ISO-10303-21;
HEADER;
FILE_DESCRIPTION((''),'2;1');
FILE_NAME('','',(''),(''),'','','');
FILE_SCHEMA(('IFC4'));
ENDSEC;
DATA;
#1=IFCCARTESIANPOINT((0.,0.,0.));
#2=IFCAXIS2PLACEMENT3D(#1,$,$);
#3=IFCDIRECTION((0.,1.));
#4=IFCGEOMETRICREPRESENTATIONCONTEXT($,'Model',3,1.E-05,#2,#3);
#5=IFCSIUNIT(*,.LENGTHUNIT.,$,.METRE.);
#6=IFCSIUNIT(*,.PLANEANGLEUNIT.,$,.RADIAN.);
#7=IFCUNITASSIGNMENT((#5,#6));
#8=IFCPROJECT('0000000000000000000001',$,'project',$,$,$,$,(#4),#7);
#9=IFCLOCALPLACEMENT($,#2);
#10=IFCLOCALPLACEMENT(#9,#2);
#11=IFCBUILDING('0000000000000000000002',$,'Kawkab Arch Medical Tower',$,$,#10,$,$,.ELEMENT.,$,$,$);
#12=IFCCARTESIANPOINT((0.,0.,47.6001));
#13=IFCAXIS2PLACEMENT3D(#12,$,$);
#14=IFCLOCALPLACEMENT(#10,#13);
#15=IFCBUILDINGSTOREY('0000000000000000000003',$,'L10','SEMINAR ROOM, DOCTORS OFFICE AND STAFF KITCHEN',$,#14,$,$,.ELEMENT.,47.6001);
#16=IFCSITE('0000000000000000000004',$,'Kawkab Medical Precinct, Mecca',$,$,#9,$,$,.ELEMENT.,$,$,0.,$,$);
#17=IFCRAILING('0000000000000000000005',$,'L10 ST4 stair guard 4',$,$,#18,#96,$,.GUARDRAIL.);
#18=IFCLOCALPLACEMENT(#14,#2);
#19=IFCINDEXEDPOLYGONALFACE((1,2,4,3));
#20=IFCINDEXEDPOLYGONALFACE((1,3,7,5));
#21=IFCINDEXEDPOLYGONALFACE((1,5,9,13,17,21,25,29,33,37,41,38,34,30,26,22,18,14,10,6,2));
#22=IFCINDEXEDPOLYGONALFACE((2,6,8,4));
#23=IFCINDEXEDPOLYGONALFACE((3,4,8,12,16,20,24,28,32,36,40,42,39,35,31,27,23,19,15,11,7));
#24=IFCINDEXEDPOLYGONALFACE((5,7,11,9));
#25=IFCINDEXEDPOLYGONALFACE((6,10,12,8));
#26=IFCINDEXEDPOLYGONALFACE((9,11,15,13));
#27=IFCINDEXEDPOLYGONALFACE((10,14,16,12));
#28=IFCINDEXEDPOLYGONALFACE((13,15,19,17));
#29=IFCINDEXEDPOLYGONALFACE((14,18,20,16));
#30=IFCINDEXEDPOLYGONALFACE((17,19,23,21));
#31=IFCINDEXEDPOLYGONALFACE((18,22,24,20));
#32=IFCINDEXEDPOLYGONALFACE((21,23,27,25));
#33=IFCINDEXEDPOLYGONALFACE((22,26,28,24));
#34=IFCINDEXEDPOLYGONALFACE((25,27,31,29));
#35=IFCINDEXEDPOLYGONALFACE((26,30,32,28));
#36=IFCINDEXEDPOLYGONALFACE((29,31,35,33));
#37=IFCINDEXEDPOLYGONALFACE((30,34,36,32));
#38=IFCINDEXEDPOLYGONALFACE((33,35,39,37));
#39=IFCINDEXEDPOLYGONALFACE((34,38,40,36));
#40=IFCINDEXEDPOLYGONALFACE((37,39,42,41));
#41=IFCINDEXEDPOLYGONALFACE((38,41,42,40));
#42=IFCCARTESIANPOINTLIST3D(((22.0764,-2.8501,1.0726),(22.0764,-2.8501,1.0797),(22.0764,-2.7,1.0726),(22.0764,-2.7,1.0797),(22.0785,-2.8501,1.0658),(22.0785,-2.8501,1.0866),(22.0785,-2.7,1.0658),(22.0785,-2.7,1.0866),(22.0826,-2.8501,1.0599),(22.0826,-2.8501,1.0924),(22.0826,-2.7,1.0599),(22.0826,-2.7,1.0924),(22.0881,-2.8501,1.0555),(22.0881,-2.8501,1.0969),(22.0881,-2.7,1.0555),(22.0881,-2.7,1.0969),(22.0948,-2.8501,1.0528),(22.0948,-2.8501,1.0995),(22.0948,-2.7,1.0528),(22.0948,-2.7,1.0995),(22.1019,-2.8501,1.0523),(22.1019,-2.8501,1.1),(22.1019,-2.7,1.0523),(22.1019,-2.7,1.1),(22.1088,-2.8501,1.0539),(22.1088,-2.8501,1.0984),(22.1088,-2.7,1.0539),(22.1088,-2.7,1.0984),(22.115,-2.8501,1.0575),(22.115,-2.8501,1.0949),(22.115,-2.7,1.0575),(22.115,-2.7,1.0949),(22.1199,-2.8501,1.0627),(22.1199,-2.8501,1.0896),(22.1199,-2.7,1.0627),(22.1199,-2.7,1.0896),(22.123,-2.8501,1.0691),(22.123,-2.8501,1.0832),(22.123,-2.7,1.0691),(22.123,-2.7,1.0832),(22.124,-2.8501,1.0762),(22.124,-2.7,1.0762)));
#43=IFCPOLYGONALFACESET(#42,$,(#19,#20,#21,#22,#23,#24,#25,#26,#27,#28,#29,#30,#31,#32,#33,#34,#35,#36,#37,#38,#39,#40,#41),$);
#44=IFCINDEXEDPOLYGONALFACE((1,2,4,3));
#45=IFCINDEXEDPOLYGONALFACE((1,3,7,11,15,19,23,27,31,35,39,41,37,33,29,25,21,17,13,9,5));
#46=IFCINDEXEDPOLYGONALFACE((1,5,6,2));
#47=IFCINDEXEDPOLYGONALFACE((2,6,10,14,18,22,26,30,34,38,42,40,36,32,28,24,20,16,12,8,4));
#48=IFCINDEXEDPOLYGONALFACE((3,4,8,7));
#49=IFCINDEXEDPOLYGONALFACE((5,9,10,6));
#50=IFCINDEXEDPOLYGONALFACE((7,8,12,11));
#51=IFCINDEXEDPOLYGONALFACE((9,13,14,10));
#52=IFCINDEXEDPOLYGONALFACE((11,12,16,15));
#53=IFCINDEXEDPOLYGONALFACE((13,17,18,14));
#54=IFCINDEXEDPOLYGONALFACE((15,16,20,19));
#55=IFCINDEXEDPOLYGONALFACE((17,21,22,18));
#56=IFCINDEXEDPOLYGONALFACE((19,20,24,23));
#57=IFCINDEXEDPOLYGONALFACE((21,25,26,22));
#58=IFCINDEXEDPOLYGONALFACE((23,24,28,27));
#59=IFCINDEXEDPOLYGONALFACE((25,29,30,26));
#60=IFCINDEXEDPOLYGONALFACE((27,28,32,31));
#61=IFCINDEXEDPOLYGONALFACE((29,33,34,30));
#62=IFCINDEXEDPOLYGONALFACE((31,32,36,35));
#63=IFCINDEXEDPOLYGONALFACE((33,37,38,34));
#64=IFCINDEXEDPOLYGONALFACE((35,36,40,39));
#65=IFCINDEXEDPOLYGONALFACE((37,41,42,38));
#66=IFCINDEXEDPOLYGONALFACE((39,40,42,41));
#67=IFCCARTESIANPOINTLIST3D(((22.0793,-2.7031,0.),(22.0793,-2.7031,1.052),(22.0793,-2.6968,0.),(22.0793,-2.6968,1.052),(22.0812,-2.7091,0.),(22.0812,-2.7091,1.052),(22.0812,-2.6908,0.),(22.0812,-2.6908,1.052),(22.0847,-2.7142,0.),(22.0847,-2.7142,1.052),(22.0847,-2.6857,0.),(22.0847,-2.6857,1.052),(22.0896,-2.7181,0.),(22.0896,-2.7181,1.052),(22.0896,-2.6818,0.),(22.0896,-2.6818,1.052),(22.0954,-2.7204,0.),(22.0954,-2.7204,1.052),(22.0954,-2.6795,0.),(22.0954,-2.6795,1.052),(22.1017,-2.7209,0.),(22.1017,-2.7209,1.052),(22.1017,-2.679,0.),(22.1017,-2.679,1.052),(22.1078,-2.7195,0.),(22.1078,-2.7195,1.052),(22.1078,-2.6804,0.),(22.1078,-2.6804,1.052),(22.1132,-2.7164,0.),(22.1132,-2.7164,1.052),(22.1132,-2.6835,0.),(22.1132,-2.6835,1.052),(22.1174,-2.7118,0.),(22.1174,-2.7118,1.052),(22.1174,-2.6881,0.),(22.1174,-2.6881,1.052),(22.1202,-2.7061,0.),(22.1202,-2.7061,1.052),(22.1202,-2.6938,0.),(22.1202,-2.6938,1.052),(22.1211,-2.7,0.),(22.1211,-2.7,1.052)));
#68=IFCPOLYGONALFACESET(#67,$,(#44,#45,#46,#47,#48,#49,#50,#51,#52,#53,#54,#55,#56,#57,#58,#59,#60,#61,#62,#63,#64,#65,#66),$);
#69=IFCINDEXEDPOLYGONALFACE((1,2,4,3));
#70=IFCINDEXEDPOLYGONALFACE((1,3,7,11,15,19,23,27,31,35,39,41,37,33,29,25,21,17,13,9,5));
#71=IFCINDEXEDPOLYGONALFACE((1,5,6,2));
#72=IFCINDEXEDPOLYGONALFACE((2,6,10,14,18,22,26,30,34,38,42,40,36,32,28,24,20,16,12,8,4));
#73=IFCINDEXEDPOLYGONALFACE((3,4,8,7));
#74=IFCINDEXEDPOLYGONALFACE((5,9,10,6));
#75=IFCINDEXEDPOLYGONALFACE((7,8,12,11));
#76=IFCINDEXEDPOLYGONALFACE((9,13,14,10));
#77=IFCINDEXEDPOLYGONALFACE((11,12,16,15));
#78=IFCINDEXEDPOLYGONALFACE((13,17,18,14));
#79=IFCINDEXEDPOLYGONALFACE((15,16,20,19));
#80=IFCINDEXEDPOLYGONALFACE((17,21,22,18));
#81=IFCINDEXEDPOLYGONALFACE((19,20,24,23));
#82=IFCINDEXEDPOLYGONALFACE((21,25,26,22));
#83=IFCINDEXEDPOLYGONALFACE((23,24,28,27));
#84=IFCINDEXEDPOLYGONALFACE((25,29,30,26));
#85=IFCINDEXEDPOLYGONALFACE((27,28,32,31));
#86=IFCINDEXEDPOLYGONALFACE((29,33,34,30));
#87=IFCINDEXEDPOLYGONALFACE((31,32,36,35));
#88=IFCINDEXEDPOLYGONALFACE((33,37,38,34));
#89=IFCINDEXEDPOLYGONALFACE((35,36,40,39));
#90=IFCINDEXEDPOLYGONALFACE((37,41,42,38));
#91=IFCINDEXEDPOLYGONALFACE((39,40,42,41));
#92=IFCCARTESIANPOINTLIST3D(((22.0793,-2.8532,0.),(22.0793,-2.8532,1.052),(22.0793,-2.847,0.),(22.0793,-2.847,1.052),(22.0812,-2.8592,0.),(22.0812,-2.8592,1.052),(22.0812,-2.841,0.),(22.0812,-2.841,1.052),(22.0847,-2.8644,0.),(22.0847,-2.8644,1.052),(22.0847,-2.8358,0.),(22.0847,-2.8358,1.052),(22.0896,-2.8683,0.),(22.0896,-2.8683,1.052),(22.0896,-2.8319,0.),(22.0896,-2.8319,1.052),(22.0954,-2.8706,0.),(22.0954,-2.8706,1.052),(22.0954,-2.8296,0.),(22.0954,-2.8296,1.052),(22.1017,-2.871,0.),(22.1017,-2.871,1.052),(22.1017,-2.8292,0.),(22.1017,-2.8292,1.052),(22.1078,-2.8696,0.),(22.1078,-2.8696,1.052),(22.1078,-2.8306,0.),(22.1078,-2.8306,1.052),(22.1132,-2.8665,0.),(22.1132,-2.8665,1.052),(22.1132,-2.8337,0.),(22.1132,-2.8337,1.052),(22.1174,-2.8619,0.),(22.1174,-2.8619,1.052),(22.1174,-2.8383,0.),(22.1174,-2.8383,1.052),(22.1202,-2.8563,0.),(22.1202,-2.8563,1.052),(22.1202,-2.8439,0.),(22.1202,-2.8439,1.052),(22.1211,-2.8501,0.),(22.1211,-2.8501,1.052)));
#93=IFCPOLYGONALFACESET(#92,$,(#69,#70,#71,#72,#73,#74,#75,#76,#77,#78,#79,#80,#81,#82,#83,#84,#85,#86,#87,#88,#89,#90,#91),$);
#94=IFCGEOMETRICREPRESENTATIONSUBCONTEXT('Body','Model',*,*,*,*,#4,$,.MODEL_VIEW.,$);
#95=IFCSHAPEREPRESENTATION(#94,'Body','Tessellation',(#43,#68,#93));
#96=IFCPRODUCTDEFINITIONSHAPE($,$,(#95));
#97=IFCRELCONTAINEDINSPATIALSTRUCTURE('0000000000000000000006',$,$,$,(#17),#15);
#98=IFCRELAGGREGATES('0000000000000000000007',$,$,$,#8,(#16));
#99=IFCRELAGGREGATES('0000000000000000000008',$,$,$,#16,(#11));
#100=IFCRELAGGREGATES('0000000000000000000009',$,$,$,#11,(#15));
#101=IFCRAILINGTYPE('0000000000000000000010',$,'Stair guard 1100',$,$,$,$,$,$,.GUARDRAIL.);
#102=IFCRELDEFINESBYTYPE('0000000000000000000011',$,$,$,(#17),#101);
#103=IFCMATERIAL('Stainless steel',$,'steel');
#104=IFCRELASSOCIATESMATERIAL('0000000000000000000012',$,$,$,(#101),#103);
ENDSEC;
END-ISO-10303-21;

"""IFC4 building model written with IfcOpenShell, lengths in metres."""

from ifc_helpers import new_model, si_unit, direction, frame, origin, origin_2d, place, context, subcontext, project, spatial, circle, extrude, material, type_object, element, save


model = new_model("IFC4")

# Units and contexts
model_context = context("Model", 3, precision=1e-05, world=origin(), true_north=direction((0.0, 1.0)))
body_context = subcontext(model_context, "Body", "Model", "MODEL_VIEW")
ifc_project = project(units=[si_unit("LENGTHUNIT", "METRE"), si_unit("PLANEANGLEUNIT", "RADIAN")], contexts=[model_context])

# Site, building, storey
site_placement = place(None, origin())
site = spatial("IfcSite", under=ifc_project, at=site_placement, Name="Kawkab Medical Precinct, Mecca", CompositionType="ELEMENT", RefElevation=0.0)
building_placement = place(site_placement, origin())
building = spatial("IfcBuilding", under=site, at=building_placement, Name="Kawkab Arch Medical Tower", CompositionType="ELEMENT")
storey_placement = place(building_placement, frame((0.0, 0.0, 47.6001)))
storey = spatial("IfcBuildingStorey", under=building, at=storey_placement, Name="L10", Description="SEMINAR ROOM, DOCTORS OFFICE AND STAFF KITCHEN", CompositionType="ELEMENT", Elevation=47.6001)

# Railing
ifc_material_1 = material(Name="Stainless steel", Category="steel")
railing_type_1 = type_object("IfcRailingType", Name="Stair guard 1100", PredefinedType="GUARDRAIL", material=ifc_material_1)
railing_1_placement = place(storey_placement, frame((22.1001, -2.7, 0.0)))
element("IfcRailing", 1, at=railing_1_placement, inside=storey, type_object=railing_type_1, Name="L10 ST4 stair guard 4", PredefinedType="GUARDRAIL", context=body_context, shape_type="SweptSolid", body=[
    extrude(circle(Radius=0.0239, at=origin_2d()), frame((0.0, 0.0, 1.0762), z_axis=(0.0, -1.0, 0.0), x_axis=(1.0, 0.0, 0.0)), (0.0, 0.0, 1.0), 0.1501),
    extrude(circle(Radius=0.021, at=origin_2d()), origin(), (0.0, 0.0, 1.0), 1.052),
    extrude(circle(Radius=0.021, at=origin_2d()), frame((0.0, -0.1501, 0.0)), (0.0, 0.0, 1.0), 1.052),
])

save(model, "model.ifc")
